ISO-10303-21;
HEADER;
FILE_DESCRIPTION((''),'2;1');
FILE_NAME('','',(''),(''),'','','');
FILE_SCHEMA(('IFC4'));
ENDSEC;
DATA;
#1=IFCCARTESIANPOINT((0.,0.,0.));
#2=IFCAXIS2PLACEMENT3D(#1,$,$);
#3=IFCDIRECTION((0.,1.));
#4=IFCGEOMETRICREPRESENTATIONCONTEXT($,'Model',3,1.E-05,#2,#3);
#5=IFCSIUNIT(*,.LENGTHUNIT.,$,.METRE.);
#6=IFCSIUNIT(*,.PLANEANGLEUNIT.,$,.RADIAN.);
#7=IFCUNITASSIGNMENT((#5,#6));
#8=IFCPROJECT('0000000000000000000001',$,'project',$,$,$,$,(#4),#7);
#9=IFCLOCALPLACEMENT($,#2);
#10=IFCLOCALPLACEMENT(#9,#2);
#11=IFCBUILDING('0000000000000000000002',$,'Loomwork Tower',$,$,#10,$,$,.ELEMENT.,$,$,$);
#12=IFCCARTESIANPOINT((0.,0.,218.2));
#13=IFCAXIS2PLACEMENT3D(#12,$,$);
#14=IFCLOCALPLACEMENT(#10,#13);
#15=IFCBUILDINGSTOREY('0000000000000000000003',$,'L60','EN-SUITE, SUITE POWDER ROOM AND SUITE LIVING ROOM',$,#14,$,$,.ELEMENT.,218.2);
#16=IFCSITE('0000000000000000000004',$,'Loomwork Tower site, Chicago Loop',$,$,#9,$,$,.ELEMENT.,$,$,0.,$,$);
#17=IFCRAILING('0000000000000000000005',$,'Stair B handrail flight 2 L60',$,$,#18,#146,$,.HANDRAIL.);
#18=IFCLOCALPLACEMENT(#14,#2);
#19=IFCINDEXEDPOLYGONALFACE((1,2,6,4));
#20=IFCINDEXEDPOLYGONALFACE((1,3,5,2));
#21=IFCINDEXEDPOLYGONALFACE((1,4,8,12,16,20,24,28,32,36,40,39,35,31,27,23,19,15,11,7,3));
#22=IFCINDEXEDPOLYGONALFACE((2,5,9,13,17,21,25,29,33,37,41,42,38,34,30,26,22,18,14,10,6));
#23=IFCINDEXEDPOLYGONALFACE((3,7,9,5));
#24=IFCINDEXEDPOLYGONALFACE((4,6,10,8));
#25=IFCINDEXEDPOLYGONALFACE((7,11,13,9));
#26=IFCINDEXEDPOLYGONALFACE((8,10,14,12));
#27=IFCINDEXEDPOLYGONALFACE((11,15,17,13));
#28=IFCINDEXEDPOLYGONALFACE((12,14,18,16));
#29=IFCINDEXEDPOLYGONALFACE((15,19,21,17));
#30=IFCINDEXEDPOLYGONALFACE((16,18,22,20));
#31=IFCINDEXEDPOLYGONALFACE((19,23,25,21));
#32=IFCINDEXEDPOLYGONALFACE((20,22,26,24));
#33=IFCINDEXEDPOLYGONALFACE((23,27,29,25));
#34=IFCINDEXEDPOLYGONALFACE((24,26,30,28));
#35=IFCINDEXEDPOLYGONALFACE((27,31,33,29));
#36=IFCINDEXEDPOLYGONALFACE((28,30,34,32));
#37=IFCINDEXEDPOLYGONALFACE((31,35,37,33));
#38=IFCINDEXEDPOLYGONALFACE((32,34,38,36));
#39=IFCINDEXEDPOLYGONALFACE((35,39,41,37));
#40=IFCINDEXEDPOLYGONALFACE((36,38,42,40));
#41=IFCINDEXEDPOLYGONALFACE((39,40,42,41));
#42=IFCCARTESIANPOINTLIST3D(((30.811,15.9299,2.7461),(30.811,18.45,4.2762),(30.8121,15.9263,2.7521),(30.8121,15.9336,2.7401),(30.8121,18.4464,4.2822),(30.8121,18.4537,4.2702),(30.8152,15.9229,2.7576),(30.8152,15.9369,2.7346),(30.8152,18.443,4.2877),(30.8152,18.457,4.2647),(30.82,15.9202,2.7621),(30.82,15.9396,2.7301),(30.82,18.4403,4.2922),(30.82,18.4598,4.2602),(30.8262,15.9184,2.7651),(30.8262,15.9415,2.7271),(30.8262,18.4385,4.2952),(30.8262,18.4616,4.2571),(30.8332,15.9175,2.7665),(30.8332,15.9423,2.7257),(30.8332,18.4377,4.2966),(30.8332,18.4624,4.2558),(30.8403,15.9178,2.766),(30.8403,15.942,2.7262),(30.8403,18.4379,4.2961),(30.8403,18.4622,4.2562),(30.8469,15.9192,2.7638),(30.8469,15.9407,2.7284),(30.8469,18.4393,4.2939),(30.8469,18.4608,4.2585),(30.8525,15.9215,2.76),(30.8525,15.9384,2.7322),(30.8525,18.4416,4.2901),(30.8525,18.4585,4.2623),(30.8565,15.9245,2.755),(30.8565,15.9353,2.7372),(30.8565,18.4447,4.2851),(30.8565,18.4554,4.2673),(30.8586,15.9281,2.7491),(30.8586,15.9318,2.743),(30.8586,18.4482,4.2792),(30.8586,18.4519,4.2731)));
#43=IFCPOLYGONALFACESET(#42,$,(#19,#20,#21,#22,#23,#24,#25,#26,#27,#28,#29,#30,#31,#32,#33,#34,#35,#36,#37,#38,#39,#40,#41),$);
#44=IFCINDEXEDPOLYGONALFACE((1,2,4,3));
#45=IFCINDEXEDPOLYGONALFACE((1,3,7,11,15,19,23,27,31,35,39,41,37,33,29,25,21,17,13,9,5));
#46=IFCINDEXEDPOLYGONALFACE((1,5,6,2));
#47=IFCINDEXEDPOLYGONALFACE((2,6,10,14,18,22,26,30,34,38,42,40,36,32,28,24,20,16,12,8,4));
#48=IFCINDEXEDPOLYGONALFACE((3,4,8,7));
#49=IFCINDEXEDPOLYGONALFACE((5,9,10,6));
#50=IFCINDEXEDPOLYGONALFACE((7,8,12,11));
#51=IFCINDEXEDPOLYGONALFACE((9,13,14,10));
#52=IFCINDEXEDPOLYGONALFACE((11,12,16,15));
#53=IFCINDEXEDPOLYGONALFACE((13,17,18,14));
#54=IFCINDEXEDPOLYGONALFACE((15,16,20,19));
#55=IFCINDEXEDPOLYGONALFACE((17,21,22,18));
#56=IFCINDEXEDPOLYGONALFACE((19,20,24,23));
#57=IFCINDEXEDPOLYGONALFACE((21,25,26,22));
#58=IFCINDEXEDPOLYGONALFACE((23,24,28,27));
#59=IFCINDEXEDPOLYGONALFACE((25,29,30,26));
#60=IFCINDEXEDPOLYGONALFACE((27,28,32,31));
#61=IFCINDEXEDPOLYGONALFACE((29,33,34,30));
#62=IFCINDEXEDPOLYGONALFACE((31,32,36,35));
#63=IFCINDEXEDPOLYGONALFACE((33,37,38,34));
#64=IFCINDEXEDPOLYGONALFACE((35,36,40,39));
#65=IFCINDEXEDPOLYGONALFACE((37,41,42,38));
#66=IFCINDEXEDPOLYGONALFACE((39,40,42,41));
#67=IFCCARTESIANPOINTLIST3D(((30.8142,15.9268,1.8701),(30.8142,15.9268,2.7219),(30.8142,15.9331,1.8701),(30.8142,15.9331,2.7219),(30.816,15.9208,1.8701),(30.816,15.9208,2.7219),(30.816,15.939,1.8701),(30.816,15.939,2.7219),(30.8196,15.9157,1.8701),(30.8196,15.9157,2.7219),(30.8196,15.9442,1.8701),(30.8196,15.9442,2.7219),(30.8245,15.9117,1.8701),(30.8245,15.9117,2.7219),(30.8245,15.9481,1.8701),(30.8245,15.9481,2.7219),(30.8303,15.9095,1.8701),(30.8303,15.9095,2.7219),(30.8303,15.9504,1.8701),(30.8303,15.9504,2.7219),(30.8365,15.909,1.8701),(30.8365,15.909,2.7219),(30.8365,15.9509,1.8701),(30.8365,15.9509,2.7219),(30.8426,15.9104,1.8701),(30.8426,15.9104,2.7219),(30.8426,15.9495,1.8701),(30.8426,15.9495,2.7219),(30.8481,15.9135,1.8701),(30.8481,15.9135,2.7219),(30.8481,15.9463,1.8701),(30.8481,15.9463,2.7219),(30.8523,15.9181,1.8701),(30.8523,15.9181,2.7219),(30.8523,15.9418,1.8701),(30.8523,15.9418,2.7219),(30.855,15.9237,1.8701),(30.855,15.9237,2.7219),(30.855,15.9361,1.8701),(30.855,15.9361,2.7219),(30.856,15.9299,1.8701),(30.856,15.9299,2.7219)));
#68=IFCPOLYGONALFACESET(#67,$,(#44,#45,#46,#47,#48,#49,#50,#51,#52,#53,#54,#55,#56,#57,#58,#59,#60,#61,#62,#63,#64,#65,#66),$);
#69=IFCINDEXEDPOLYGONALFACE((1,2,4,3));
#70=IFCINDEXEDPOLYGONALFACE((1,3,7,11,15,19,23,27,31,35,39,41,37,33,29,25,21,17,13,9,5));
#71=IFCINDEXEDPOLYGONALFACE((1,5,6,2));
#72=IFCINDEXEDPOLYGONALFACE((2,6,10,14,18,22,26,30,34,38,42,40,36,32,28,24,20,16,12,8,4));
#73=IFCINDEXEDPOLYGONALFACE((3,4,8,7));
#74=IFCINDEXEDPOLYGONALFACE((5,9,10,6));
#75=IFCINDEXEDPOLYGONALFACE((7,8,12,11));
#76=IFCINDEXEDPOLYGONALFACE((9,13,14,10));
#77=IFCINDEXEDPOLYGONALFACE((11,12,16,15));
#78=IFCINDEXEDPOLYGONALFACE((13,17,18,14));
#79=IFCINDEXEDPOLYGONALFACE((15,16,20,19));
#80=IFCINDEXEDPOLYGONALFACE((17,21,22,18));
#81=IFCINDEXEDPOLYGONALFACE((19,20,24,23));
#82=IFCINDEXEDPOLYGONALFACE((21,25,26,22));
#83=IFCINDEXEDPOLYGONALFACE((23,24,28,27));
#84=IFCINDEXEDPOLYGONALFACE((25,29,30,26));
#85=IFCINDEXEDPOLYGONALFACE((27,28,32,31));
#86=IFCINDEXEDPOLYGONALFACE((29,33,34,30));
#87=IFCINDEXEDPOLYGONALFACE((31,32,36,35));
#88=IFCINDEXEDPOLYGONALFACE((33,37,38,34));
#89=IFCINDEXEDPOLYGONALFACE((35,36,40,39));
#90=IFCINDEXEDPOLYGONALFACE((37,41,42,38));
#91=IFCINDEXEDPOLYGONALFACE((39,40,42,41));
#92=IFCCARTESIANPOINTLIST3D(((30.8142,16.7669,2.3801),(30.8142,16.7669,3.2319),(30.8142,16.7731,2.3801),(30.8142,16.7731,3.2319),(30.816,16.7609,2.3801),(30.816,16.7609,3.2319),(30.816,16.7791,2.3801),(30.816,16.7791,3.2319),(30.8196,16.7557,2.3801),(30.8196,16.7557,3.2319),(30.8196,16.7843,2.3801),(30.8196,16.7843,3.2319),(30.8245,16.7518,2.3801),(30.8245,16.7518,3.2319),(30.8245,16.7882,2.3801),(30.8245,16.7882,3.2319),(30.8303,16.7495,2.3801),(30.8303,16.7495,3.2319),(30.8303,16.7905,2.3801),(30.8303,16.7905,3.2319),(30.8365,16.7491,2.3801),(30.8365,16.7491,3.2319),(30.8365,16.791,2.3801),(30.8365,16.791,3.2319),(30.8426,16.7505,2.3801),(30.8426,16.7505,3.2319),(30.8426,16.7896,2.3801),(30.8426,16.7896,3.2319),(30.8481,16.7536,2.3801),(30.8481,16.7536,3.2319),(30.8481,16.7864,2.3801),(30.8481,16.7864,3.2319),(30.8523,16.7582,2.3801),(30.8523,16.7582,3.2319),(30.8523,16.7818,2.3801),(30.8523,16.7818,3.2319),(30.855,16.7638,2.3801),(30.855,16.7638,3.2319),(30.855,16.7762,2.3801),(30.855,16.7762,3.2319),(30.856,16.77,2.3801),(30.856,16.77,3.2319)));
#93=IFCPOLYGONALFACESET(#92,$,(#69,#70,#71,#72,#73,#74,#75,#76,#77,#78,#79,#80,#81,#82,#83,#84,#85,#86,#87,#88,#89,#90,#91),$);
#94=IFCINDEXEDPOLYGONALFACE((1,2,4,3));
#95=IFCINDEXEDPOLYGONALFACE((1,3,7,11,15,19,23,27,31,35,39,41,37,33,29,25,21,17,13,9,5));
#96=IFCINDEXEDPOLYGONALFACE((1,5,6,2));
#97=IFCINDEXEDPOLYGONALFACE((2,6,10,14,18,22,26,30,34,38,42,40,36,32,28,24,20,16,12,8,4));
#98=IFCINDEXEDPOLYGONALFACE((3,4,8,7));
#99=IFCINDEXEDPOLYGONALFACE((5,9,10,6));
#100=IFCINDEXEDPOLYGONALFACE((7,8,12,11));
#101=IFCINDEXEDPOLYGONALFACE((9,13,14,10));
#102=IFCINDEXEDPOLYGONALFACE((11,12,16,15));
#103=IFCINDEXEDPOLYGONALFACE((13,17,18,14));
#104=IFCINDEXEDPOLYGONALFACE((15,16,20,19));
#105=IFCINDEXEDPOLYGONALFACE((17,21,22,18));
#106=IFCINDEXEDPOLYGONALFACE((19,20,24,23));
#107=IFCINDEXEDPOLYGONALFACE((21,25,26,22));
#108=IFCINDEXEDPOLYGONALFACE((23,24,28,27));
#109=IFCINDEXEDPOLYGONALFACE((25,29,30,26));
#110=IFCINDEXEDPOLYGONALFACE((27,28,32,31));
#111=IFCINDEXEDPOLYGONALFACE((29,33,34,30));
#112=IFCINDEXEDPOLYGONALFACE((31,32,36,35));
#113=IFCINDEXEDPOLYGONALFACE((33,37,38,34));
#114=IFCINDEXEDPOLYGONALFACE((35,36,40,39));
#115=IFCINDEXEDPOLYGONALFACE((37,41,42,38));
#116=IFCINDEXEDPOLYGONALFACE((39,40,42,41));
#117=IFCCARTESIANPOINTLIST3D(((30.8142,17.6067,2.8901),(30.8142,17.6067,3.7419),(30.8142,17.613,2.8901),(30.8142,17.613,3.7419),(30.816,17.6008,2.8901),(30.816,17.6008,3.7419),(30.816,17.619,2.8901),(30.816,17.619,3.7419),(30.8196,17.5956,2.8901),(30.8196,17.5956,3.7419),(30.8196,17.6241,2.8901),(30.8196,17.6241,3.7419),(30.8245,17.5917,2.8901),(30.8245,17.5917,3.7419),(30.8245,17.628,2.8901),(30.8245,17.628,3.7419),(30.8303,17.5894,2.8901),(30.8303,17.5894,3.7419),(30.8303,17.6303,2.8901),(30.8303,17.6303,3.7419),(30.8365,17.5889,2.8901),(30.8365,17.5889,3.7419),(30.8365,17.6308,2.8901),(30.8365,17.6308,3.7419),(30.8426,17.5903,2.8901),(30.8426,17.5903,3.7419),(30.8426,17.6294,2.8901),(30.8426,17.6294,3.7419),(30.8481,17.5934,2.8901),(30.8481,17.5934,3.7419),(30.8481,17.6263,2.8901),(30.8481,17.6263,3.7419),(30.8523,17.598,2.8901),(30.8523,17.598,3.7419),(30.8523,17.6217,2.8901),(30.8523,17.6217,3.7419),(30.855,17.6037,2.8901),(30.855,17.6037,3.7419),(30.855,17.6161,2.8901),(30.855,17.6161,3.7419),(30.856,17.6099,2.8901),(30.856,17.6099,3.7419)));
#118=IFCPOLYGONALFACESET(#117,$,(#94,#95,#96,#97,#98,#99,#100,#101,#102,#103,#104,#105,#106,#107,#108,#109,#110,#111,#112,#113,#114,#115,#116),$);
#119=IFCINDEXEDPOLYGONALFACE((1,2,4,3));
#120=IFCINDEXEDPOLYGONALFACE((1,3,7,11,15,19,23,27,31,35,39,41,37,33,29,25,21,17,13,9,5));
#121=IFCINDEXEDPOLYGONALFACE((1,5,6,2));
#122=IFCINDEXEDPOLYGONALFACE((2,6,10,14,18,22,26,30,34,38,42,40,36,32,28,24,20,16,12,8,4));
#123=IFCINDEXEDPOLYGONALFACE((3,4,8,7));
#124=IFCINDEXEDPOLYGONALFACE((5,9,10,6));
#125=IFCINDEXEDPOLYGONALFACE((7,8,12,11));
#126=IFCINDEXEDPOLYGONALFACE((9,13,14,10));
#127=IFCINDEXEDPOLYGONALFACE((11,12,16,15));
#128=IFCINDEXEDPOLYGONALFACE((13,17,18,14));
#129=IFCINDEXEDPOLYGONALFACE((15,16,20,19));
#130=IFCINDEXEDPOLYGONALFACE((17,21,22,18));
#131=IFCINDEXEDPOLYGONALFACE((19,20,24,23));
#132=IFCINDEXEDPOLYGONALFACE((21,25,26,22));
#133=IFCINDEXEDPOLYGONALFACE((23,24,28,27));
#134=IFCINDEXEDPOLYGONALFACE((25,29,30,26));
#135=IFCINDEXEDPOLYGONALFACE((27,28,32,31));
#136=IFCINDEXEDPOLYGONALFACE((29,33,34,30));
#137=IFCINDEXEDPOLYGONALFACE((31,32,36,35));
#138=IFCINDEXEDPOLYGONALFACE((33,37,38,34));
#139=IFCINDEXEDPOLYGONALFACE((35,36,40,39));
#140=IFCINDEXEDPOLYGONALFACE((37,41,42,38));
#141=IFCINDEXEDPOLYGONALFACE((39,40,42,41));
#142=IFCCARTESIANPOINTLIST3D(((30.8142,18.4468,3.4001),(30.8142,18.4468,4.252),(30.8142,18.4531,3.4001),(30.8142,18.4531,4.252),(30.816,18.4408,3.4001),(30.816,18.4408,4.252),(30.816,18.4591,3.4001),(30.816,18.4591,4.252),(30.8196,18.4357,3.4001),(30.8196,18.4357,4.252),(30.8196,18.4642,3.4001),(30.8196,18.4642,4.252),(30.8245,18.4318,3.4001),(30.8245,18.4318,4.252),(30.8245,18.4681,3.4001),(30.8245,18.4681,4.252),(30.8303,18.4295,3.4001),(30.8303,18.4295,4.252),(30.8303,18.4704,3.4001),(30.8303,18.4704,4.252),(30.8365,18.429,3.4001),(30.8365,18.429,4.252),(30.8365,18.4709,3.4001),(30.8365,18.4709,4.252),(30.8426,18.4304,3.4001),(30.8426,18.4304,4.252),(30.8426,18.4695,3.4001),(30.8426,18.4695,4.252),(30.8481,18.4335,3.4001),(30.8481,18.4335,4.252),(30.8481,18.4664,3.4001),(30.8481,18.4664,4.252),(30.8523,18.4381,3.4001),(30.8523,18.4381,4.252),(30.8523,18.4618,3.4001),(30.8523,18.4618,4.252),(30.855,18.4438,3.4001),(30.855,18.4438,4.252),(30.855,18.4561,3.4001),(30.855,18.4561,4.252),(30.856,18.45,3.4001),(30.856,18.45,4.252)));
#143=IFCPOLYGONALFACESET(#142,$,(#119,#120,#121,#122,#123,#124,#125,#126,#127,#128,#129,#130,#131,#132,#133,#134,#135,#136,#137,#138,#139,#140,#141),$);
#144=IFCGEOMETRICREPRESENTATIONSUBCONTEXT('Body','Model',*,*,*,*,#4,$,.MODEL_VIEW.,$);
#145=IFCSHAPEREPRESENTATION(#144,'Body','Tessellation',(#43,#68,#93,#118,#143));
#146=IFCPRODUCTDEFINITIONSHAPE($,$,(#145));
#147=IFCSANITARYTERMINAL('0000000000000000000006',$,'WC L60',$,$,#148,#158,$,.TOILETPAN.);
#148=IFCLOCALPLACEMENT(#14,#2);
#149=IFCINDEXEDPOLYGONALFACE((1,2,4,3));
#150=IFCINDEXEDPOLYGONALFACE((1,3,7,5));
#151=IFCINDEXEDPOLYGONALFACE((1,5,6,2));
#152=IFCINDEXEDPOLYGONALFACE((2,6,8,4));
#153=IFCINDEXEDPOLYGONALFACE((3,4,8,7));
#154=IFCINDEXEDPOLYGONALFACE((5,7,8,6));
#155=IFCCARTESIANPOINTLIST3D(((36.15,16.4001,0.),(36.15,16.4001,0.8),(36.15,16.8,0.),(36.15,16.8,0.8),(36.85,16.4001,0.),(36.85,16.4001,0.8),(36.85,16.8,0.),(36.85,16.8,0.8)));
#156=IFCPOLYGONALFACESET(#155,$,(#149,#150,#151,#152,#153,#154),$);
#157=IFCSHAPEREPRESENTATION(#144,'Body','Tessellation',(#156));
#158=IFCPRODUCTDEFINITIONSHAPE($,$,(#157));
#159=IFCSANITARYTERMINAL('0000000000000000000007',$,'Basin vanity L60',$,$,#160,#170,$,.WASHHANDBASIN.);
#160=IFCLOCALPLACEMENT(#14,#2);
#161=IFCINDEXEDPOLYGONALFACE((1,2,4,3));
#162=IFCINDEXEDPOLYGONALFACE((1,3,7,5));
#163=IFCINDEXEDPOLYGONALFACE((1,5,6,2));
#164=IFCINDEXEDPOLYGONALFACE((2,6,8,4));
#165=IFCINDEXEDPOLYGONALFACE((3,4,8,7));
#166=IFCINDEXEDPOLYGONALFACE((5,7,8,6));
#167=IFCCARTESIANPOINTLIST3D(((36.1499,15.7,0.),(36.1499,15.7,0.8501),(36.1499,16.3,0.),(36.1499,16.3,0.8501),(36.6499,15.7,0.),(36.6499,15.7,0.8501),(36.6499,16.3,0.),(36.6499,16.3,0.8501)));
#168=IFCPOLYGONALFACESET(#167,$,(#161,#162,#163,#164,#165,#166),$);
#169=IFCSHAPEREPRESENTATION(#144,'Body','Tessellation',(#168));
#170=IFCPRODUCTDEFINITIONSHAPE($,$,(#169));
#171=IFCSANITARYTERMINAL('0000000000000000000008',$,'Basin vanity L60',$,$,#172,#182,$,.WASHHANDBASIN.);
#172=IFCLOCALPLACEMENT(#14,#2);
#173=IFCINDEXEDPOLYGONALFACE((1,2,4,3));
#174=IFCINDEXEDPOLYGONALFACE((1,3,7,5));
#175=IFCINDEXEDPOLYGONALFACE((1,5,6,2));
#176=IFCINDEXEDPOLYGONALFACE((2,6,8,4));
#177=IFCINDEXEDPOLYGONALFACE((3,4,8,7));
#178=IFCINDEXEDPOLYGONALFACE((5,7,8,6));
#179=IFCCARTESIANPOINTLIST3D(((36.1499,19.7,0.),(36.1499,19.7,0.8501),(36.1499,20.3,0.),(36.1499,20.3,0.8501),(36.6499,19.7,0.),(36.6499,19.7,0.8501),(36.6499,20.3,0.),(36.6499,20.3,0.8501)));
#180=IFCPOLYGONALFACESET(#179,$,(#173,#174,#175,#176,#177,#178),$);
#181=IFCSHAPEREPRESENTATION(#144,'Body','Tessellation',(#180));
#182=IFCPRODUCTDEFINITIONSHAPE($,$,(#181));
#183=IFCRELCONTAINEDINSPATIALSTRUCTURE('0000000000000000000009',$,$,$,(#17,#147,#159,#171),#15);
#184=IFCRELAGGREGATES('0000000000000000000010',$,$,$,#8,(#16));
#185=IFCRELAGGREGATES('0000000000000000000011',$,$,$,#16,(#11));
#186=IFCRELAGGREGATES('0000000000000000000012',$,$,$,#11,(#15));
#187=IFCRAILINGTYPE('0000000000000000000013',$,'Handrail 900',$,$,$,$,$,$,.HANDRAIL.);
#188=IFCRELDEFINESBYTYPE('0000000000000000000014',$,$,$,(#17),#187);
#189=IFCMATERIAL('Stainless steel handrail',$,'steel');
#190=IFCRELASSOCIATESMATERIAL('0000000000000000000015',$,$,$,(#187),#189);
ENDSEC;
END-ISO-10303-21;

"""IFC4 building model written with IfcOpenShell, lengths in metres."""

from ifc_helpers import new_model, si_unit, direction, frame, origin, origin_2d, place, context, subcontext, project, spatial, rectangle, circle, extrude, material, type_object, element, save


model = new_model("IFC4")

# Units and contexts
model_context = context("Model", 3, precision=1e-05, world=origin(), true_north=direction((0.0, 1.0)))
body_context = subcontext(model_context, "Body", "Model", "MODEL_VIEW")
ifc_project = project(units=[si_unit("LENGTHUNIT", "METRE"), si_unit("PLANEANGLEUNIT", "RADIAN")], contexts=[model_context])

# Site, building, storey
site_placement = place(None, origin())
site = spatial("IfcSite", under=ifc_project, at=site_placement, Name="Loomwork Tower site, Chicago Loop", CompositionType="ELEMENT", RefElevation=0.0)
building_placement = place(site_placement, origin())
building = spatial("IfcBuilding", under=site, at=building_placement, Name="Loomwork Tower", CompositionType="ELEMENT")
storey_placement = place(building_placement, frame((0.0, 0.0, 218.2)))
storey = spatial("IfcBuildingStorey", under=building, at=storey_placement, Name="L60", Description="EN-SUITE, SUITE POWDER ROOM AND SUITE LIVING ROOM", CompositionType="ELEMENT", Elevation=218.2)

# Railing
ifc_material_1 = material(Name="Stainless steel handrail", Category="steel")
railing_type = type_object("IfcRailingType", Name="Handrail 900", PredefinedType="HANDRAIL", material=ifc_material_1)
railing_1_placement = place(storey_placement, frame((30.835, 15.9299, 1.8701)))
element("IfcRailing", 1, at=railing_1_placement, inside=storey, type_object=railing_type, Name="Stair B handrail flight 2 L60", PredefinedType="HANDRAIL", context=body_context, shape_type="SweptSolid", body=[
    extrude(circle(Radius=0.0239, at=origin_2d()), frame((0.0, 0.0, 0.876), z_axis=(0.0, 0.854785, 0.518982), x_axis=(-1.0, 0.0, 0.0)), (0.0, 0.0, 1.0), 2.9482),
    extrude(circle(Radius=0.021, at=origin_2d()), origin(), (0.0, 0.0, 1.0), 0.8518),
    extrude(circle(Radius=0.021, at=origin_2d()), frame((0.0, 0.8401, 0.51)), (0.0, 0.0, 1.0), 0.8518),
    extrude(circle(Radius=0.021, at=origin_2d()), frame((0.0, 1.6799, 1.02)), (0.0, 0.0, 1.0), 0.8518),
    extrude(circle(Radius=0.021, at=origin_2d()), frame((0.0, 2.52, 1.53)), (0.0, 0.0, 1.0), 0.8518),
])

# Sanitary terminals
sanitary_terminal_placement = place(storey_placement, frame((36.5, 16.6001, 0.0), z_axis=(0.0, 0.0, 1.0), x_axis=(1.0, 0.0, 0.0)))
element("IfcSanitaryTerminal", 2, at=sanitary_terminal_placement, inside=storey, Name="WC L60", PredefinedType="TOILETPAN", context=body_context, shape_type="SweptSolid", body=[
    extrude(rectangle(XDim=0.7, YDim=0.3999, at=origin_2d()), origin(), (0.0, 0.0, 1.0), 0.8),
])
for number, where, z_axis, x_axis, name in (
    (3, (36.3999, 16.0, 0.0), (0.0, 0.0, 1.0), (1.0, 0.0, 0.0), "Basin vanity L60"),
    (4, (36.3999, 20.0, 0.0), (0.0, 0.0, 1.0), (1.0, 0.0, 0.0), "Basin vanity L60"),
):
    element("IfcSanitaryTerminal", number, at=place(storey_placement, frame(where, z_axis=z_axis, x_axis=x_axis)), inside=storey, Name=name, PredefinedType="WASHHANDBASIN", context=body_context, shape_type="SweptSolid", body=[
        extrude(rectangle(XDim=0.5, YDim=0.6001, at=origin_2d()), origin(), (0.0, 0.0, 1.0), 0.8501),
    ])

save(model, "model.ifc")
